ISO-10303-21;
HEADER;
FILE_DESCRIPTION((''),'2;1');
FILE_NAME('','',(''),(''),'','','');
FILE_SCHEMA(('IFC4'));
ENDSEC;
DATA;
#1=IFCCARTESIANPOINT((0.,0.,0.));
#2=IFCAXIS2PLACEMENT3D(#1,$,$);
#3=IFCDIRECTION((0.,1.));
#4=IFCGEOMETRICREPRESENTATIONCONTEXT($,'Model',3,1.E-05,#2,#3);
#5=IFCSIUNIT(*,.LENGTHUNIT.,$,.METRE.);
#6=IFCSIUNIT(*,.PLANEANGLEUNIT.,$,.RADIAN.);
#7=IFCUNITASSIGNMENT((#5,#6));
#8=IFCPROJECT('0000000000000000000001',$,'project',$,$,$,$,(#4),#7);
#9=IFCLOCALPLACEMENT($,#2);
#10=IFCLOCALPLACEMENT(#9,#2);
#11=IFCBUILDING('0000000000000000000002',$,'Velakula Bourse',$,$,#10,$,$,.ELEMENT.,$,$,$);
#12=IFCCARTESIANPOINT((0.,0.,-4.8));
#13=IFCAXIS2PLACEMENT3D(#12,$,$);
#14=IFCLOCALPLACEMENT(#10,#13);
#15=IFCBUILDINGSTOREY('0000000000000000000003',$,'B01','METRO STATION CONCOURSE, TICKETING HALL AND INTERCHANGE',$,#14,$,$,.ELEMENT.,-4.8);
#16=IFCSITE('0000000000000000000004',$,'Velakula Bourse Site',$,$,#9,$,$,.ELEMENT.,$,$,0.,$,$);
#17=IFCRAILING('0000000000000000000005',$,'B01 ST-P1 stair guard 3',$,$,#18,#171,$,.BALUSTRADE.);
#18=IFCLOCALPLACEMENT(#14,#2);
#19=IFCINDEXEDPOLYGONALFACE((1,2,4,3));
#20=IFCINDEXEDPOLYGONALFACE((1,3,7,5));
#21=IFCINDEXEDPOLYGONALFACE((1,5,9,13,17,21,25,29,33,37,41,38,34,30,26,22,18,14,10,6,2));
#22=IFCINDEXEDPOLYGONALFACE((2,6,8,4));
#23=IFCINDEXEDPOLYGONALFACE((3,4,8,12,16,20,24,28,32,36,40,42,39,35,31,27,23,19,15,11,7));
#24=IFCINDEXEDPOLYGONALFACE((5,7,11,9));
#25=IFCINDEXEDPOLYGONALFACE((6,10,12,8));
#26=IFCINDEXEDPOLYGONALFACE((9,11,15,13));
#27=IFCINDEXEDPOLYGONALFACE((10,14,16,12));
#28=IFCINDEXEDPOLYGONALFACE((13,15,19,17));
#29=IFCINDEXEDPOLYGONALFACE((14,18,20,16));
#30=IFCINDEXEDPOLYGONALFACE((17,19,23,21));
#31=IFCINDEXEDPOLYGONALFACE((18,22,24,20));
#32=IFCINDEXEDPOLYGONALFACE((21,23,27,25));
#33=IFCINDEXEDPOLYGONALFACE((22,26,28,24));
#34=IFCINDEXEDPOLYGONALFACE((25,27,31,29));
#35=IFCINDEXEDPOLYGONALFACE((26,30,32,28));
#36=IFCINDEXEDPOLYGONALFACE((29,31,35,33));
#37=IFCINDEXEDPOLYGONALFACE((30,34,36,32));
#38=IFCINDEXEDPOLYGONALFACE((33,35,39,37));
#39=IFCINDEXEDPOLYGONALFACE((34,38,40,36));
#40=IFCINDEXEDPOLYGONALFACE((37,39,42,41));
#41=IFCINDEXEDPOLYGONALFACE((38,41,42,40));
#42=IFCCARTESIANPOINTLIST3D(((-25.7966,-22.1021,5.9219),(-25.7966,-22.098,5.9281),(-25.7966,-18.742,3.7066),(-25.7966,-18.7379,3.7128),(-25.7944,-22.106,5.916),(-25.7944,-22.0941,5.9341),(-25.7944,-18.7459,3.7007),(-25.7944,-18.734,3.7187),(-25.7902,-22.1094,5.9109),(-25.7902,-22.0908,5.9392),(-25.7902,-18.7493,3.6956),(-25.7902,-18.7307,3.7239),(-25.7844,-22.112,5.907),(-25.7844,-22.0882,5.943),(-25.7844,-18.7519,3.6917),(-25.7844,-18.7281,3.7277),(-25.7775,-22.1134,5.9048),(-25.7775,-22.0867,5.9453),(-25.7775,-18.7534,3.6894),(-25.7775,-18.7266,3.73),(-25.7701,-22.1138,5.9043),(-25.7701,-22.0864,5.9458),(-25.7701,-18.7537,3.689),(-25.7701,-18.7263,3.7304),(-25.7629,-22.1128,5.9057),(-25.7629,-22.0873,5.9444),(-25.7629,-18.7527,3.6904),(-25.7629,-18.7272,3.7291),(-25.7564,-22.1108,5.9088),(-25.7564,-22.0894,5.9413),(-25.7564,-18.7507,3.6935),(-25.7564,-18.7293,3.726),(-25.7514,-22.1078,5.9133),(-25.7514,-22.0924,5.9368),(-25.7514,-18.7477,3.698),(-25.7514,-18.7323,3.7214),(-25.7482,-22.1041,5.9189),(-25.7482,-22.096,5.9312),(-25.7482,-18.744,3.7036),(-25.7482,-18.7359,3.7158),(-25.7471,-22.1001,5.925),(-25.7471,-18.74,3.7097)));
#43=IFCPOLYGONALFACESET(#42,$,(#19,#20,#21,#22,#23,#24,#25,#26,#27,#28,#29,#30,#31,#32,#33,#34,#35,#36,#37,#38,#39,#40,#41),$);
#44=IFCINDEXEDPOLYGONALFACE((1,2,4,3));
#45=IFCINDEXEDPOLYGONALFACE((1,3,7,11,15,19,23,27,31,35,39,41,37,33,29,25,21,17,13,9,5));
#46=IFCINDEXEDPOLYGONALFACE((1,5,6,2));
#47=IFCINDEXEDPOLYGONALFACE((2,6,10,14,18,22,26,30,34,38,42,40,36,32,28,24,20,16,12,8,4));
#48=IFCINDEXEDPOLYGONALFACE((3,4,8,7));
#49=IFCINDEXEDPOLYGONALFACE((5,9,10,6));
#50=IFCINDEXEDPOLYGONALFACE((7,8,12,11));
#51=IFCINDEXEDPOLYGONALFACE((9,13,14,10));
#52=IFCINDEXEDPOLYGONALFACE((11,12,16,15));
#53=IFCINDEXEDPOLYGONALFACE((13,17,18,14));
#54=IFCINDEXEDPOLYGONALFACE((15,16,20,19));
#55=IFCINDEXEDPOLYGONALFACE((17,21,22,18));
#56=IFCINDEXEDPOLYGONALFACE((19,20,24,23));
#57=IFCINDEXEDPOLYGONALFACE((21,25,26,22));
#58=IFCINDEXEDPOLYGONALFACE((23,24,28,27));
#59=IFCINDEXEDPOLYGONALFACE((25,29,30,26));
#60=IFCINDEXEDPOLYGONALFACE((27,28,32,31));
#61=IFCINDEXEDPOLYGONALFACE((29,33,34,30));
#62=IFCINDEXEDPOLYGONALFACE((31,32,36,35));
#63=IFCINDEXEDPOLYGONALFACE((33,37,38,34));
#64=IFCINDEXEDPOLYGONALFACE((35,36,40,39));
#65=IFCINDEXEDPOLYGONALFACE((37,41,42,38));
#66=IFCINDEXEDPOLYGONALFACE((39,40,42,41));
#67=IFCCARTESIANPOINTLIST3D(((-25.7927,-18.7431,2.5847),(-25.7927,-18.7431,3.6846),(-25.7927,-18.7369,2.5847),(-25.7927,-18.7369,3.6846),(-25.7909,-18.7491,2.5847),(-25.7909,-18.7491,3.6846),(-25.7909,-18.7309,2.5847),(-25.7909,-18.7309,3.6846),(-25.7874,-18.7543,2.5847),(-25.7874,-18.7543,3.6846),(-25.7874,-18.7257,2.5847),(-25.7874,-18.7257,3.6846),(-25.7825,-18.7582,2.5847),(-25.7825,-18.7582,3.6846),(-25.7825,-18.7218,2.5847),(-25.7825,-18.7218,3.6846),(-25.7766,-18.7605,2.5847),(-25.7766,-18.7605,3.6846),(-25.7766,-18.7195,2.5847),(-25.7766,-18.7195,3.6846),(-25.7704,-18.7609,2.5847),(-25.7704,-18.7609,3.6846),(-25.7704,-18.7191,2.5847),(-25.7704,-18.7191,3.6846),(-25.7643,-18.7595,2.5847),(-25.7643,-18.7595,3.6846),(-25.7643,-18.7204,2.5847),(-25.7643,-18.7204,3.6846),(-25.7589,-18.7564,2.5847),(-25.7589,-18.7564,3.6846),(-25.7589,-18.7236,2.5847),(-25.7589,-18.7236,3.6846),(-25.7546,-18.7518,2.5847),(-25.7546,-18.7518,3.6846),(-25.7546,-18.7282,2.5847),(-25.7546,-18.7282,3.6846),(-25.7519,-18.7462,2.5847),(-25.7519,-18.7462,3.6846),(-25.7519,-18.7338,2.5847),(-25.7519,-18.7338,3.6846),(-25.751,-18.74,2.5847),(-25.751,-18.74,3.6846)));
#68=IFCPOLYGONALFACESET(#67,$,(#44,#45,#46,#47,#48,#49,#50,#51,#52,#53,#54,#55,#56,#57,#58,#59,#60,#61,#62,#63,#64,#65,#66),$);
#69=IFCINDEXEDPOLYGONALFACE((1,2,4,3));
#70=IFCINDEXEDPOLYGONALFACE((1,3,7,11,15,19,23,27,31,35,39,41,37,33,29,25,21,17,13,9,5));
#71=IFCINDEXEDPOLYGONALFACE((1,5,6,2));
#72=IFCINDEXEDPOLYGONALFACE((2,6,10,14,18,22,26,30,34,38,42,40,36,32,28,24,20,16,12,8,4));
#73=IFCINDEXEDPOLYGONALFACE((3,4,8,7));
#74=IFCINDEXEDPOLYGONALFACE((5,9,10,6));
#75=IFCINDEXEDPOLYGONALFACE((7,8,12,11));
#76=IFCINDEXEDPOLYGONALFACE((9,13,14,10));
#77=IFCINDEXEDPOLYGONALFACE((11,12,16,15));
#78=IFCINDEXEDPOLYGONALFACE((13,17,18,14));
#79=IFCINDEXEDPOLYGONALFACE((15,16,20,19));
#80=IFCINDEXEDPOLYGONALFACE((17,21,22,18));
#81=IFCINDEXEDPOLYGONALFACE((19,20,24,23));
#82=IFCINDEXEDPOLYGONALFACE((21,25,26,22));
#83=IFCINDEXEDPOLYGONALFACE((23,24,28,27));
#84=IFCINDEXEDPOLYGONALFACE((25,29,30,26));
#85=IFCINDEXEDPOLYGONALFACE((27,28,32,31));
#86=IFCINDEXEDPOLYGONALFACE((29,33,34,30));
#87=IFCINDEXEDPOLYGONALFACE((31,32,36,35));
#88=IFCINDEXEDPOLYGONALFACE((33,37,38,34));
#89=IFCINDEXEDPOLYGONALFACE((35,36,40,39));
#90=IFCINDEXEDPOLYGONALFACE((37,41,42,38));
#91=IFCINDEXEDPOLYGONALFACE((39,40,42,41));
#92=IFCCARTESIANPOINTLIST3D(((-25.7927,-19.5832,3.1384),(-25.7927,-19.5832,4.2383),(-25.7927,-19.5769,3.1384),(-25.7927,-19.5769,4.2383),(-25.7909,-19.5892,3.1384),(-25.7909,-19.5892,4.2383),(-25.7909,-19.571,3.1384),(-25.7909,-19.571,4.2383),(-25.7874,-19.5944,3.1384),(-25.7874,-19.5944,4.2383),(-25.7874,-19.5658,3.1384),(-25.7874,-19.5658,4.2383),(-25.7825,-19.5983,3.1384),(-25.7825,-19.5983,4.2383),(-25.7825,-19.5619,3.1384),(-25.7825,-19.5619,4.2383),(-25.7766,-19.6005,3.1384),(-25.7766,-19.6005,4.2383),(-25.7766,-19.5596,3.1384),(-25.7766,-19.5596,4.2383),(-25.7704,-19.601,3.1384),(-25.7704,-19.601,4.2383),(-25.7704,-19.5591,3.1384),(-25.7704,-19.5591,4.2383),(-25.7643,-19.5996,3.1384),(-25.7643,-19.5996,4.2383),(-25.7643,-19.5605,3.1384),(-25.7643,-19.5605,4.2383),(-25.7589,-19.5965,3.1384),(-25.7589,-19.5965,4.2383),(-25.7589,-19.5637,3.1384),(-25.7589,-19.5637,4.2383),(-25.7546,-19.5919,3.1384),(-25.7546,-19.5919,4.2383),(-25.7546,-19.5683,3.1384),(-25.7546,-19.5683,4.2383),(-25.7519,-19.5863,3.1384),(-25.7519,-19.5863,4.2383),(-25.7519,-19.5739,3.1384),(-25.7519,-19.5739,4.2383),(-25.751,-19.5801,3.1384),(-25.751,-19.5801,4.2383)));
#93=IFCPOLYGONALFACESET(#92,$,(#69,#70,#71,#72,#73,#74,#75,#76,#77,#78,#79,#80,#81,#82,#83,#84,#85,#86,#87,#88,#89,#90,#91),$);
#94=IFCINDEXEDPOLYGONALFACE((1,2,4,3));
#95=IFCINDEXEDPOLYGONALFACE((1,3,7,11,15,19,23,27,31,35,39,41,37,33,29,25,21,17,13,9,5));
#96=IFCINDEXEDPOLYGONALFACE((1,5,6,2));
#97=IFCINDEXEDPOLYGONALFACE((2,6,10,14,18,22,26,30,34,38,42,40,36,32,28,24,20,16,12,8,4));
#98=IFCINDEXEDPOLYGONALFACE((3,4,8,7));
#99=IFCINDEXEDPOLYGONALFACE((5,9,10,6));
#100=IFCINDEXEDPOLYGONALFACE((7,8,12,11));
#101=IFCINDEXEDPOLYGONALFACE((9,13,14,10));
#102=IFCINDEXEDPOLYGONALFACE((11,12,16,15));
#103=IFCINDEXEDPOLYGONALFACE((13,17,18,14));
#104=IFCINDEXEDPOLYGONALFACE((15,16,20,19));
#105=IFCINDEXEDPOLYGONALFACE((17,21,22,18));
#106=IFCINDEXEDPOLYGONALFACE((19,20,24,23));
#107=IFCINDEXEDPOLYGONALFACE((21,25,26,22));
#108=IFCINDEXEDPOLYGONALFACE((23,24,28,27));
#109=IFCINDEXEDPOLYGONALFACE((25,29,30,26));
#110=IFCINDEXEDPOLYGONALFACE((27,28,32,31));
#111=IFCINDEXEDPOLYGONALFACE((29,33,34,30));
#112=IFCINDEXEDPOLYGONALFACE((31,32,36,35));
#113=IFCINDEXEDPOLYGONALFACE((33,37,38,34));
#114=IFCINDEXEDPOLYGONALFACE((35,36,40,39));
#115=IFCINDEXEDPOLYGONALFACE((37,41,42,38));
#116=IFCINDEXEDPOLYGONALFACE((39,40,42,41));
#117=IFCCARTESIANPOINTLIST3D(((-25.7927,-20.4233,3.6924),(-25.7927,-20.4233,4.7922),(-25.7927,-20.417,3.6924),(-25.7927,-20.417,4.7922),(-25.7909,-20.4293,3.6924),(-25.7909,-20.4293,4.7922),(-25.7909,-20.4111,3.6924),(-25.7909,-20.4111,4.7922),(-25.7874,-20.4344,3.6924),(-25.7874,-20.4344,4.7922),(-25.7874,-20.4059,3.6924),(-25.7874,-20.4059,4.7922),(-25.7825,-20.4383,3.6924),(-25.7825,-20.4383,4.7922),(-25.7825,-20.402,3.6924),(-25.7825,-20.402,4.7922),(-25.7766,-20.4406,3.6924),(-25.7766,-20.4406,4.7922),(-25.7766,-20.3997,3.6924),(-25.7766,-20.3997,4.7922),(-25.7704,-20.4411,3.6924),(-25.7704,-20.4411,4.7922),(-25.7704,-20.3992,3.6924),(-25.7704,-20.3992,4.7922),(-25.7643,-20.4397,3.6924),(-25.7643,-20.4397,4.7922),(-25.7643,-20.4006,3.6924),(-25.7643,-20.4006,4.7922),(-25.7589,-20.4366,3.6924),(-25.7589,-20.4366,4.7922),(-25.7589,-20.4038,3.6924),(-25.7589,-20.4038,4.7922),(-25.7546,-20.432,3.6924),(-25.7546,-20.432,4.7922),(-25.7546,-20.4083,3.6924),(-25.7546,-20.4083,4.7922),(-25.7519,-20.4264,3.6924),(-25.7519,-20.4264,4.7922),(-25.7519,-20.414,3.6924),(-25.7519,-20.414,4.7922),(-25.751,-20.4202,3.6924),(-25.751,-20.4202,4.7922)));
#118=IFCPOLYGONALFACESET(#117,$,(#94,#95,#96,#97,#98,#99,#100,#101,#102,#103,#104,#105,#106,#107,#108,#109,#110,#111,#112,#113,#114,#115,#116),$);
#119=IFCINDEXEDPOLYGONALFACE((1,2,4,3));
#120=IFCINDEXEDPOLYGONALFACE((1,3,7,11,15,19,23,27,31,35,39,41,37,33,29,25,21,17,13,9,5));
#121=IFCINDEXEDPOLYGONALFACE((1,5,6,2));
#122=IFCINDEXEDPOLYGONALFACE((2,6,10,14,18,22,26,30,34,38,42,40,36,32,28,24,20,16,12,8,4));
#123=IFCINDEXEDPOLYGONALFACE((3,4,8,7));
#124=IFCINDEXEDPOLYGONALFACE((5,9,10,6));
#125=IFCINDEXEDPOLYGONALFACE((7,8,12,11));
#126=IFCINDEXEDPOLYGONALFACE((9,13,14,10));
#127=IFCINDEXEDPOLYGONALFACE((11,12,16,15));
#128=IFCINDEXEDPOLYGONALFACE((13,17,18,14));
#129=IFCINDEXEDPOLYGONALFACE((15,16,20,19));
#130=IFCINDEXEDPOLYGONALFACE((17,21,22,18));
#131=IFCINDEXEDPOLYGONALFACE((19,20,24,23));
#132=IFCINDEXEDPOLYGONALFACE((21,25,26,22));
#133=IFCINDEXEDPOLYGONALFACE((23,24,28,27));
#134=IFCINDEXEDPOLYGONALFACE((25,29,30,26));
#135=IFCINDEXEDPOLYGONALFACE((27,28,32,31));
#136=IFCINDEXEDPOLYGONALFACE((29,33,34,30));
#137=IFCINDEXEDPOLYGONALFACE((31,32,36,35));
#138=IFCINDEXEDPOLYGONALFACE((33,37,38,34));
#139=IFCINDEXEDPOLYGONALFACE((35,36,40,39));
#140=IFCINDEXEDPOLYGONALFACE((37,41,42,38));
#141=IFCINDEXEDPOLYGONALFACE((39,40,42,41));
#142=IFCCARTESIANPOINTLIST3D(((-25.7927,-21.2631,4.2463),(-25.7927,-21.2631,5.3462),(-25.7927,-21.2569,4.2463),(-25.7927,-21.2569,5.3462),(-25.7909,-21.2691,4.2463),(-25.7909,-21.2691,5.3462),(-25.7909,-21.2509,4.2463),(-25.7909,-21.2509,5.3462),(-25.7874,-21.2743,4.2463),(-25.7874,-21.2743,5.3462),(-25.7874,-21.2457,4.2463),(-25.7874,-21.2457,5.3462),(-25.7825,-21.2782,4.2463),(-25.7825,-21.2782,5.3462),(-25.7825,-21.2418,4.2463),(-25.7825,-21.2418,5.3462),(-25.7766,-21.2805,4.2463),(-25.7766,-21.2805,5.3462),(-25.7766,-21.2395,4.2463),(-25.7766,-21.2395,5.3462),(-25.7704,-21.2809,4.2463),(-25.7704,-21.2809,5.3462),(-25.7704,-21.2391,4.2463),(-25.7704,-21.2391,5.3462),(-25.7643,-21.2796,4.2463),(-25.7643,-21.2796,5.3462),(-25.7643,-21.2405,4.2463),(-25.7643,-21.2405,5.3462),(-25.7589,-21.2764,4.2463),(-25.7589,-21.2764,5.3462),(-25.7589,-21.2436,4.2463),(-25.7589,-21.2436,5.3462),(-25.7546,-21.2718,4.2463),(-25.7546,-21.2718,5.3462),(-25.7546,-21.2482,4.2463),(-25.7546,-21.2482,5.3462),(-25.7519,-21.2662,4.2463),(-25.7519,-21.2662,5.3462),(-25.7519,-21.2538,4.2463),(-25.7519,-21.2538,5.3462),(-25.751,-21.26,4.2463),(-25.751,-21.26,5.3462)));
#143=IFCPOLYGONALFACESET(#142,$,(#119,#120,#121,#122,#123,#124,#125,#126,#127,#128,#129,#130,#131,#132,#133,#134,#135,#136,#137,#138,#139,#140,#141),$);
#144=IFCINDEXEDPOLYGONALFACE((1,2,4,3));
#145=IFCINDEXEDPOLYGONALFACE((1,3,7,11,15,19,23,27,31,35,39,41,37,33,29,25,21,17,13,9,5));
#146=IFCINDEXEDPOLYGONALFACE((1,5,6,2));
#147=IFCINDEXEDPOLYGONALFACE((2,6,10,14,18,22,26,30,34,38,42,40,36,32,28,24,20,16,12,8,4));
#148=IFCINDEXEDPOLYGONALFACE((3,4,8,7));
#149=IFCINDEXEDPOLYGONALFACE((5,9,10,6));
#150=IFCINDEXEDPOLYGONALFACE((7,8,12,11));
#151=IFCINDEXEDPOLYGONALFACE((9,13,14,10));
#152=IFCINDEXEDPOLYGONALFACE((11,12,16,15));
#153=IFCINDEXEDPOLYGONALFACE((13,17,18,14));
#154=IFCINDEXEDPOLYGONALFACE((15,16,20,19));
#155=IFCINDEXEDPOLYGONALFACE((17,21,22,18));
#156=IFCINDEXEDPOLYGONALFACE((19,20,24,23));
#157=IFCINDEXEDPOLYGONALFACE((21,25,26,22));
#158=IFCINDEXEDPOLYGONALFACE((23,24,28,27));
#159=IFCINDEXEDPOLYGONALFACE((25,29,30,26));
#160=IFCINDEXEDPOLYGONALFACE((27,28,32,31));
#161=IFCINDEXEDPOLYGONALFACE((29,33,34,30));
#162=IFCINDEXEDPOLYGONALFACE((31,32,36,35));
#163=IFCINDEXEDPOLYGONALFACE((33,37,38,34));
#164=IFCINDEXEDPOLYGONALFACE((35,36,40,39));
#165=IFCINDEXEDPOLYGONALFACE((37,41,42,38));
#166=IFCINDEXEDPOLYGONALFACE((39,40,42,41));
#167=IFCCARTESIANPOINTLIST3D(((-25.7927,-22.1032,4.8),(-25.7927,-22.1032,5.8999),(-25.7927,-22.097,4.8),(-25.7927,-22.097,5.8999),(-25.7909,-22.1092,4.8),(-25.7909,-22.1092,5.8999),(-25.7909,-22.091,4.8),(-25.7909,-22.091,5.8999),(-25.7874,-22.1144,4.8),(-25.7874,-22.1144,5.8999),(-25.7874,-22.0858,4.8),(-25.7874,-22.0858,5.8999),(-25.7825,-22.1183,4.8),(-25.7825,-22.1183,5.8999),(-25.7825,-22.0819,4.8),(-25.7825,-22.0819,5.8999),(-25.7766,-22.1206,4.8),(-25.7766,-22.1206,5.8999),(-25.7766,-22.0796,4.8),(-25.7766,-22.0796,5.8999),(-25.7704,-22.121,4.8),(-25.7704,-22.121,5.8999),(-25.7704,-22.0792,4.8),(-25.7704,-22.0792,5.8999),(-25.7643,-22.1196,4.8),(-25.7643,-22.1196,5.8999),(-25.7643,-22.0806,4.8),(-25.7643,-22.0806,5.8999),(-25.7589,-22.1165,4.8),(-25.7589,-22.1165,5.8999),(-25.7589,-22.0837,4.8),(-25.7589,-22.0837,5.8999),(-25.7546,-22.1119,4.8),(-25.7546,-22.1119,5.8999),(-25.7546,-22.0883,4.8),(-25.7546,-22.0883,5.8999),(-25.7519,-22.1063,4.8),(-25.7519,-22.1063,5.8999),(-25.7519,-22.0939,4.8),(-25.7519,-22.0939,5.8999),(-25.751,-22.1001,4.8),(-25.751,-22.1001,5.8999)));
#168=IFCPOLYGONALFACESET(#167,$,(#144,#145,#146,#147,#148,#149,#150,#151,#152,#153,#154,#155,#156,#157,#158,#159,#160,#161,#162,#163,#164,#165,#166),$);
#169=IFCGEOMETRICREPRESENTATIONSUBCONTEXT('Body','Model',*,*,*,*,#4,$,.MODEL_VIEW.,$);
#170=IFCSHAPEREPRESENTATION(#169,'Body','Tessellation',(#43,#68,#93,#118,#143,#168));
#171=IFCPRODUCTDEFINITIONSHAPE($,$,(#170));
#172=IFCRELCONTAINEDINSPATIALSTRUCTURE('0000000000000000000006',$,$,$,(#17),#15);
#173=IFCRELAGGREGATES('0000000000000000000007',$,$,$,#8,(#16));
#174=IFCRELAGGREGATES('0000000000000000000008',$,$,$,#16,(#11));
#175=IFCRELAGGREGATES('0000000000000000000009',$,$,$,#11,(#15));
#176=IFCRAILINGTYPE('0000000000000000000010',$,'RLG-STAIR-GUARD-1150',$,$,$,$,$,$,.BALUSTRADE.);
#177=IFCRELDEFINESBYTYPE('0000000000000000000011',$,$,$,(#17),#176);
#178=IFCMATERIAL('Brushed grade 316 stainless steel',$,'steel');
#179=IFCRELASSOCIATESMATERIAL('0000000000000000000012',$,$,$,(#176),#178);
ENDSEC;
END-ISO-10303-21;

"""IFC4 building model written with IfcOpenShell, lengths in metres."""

from ifc_helpers import new_model, si_unit, direction, frame, origin, origin_2d, place, context, subcontext, project, spatial, circle, extrude, material, type_object, element, save


model = new_model("IFC4")

# Units and contexts
model_context = context("Model", 3, precision=1e-05, world=origin(), true_north=direction((0.0, 1.0)))
body_context = subcontext(model_context, "Body", "Model", "MODEL_VIEW")
ifc_project = project(units=[si_unit("LENGTHUNIT", "METRE"), si_unit("PLANEANGLEUNIT", "RADIAN")], contexts=[model_context])

# Site, building, storey
site_placement = place(None, origin())
site = spatial("IfcSite", under=ifc_project, at=site_placement, Name="Velakula Bourse Site", CompositionType="ELEMENT", RefElevation=0.0)
building_placement = place(site_placement, origin())
building = spatial("IfcBuilding", under=site, at=building_placement, Name="Velakula Bourse", CompositionType="ELEMENT")
storey_placement = place(building_placement, frame((0.0, 0.0, -4.8)))
storey = spatial("IfcBuildingStorey", under=building, at=storey_placement, Name="B01", Description="METRO STATION CONCOURSE, TICKETING HALL AND INTERCHANGE", CompositionType="ELEMENT", Elevation=-4.8)

# Railing
ifc_material_1 = material(Name="Brushed grade 316 stainless steel", Category="steel")
railing_type_1 = type_object("IfcRailingType", Name="RLG-STAIR-GUARD-1150", PredefinedType="BALUSTRADE", material=ifc_material_1)
railing_1_placement = place(storey_placement, frame((-25.772, -18.74, 2.5847)))
element("IfcRailing", 1, at=railing_1_placement, inside=storey, type_object=railing_type_1, Name="B01 ST-P1 stair guard 3", PredefinedType="BALUSTRADE", context=body_context, shape_type="SweptSolid", body=[
    extrude(circle(Radius=0.0249, at=origin_2d()), frame((0.0, 0.0, 1.125), z_axis=(0.0, -0.834876, 0.550437), x_axis=(1.0, 0.0, 0.0)), (0.0, 0.0, 1.0), 4.0247),
    extrude(circle(Radius=0.021, at=origin_2d()), origin(), (0.0, 0.0, 1.0), 1.0999),
    extrude(circle(Radius=0.021, at=origin_2d()), frame((0.0, -0.8401, 0.5537)), (0.0, 0.0, 1.0), 1.0999),
    extrude(circle(Radius=0.021, at=origin_2d()), frame((0.0, -1.6802, 1.1077)), (0.0, 0.0, 1.0), 1.0999),
    extrude(circle(Radius=0.021, at=origin_2d()), frame((0.0, -2.52, 1.6616)), (0.0, 0.0, 1.0), 1.0999),
    extrude(circle(Radius=0.021, at=origin_2d()), frame((0.0, -3.3601, 2.2153)), (0.0, 0.0, 1.0), 1.0999),
])

save(model, "model.ifc")
